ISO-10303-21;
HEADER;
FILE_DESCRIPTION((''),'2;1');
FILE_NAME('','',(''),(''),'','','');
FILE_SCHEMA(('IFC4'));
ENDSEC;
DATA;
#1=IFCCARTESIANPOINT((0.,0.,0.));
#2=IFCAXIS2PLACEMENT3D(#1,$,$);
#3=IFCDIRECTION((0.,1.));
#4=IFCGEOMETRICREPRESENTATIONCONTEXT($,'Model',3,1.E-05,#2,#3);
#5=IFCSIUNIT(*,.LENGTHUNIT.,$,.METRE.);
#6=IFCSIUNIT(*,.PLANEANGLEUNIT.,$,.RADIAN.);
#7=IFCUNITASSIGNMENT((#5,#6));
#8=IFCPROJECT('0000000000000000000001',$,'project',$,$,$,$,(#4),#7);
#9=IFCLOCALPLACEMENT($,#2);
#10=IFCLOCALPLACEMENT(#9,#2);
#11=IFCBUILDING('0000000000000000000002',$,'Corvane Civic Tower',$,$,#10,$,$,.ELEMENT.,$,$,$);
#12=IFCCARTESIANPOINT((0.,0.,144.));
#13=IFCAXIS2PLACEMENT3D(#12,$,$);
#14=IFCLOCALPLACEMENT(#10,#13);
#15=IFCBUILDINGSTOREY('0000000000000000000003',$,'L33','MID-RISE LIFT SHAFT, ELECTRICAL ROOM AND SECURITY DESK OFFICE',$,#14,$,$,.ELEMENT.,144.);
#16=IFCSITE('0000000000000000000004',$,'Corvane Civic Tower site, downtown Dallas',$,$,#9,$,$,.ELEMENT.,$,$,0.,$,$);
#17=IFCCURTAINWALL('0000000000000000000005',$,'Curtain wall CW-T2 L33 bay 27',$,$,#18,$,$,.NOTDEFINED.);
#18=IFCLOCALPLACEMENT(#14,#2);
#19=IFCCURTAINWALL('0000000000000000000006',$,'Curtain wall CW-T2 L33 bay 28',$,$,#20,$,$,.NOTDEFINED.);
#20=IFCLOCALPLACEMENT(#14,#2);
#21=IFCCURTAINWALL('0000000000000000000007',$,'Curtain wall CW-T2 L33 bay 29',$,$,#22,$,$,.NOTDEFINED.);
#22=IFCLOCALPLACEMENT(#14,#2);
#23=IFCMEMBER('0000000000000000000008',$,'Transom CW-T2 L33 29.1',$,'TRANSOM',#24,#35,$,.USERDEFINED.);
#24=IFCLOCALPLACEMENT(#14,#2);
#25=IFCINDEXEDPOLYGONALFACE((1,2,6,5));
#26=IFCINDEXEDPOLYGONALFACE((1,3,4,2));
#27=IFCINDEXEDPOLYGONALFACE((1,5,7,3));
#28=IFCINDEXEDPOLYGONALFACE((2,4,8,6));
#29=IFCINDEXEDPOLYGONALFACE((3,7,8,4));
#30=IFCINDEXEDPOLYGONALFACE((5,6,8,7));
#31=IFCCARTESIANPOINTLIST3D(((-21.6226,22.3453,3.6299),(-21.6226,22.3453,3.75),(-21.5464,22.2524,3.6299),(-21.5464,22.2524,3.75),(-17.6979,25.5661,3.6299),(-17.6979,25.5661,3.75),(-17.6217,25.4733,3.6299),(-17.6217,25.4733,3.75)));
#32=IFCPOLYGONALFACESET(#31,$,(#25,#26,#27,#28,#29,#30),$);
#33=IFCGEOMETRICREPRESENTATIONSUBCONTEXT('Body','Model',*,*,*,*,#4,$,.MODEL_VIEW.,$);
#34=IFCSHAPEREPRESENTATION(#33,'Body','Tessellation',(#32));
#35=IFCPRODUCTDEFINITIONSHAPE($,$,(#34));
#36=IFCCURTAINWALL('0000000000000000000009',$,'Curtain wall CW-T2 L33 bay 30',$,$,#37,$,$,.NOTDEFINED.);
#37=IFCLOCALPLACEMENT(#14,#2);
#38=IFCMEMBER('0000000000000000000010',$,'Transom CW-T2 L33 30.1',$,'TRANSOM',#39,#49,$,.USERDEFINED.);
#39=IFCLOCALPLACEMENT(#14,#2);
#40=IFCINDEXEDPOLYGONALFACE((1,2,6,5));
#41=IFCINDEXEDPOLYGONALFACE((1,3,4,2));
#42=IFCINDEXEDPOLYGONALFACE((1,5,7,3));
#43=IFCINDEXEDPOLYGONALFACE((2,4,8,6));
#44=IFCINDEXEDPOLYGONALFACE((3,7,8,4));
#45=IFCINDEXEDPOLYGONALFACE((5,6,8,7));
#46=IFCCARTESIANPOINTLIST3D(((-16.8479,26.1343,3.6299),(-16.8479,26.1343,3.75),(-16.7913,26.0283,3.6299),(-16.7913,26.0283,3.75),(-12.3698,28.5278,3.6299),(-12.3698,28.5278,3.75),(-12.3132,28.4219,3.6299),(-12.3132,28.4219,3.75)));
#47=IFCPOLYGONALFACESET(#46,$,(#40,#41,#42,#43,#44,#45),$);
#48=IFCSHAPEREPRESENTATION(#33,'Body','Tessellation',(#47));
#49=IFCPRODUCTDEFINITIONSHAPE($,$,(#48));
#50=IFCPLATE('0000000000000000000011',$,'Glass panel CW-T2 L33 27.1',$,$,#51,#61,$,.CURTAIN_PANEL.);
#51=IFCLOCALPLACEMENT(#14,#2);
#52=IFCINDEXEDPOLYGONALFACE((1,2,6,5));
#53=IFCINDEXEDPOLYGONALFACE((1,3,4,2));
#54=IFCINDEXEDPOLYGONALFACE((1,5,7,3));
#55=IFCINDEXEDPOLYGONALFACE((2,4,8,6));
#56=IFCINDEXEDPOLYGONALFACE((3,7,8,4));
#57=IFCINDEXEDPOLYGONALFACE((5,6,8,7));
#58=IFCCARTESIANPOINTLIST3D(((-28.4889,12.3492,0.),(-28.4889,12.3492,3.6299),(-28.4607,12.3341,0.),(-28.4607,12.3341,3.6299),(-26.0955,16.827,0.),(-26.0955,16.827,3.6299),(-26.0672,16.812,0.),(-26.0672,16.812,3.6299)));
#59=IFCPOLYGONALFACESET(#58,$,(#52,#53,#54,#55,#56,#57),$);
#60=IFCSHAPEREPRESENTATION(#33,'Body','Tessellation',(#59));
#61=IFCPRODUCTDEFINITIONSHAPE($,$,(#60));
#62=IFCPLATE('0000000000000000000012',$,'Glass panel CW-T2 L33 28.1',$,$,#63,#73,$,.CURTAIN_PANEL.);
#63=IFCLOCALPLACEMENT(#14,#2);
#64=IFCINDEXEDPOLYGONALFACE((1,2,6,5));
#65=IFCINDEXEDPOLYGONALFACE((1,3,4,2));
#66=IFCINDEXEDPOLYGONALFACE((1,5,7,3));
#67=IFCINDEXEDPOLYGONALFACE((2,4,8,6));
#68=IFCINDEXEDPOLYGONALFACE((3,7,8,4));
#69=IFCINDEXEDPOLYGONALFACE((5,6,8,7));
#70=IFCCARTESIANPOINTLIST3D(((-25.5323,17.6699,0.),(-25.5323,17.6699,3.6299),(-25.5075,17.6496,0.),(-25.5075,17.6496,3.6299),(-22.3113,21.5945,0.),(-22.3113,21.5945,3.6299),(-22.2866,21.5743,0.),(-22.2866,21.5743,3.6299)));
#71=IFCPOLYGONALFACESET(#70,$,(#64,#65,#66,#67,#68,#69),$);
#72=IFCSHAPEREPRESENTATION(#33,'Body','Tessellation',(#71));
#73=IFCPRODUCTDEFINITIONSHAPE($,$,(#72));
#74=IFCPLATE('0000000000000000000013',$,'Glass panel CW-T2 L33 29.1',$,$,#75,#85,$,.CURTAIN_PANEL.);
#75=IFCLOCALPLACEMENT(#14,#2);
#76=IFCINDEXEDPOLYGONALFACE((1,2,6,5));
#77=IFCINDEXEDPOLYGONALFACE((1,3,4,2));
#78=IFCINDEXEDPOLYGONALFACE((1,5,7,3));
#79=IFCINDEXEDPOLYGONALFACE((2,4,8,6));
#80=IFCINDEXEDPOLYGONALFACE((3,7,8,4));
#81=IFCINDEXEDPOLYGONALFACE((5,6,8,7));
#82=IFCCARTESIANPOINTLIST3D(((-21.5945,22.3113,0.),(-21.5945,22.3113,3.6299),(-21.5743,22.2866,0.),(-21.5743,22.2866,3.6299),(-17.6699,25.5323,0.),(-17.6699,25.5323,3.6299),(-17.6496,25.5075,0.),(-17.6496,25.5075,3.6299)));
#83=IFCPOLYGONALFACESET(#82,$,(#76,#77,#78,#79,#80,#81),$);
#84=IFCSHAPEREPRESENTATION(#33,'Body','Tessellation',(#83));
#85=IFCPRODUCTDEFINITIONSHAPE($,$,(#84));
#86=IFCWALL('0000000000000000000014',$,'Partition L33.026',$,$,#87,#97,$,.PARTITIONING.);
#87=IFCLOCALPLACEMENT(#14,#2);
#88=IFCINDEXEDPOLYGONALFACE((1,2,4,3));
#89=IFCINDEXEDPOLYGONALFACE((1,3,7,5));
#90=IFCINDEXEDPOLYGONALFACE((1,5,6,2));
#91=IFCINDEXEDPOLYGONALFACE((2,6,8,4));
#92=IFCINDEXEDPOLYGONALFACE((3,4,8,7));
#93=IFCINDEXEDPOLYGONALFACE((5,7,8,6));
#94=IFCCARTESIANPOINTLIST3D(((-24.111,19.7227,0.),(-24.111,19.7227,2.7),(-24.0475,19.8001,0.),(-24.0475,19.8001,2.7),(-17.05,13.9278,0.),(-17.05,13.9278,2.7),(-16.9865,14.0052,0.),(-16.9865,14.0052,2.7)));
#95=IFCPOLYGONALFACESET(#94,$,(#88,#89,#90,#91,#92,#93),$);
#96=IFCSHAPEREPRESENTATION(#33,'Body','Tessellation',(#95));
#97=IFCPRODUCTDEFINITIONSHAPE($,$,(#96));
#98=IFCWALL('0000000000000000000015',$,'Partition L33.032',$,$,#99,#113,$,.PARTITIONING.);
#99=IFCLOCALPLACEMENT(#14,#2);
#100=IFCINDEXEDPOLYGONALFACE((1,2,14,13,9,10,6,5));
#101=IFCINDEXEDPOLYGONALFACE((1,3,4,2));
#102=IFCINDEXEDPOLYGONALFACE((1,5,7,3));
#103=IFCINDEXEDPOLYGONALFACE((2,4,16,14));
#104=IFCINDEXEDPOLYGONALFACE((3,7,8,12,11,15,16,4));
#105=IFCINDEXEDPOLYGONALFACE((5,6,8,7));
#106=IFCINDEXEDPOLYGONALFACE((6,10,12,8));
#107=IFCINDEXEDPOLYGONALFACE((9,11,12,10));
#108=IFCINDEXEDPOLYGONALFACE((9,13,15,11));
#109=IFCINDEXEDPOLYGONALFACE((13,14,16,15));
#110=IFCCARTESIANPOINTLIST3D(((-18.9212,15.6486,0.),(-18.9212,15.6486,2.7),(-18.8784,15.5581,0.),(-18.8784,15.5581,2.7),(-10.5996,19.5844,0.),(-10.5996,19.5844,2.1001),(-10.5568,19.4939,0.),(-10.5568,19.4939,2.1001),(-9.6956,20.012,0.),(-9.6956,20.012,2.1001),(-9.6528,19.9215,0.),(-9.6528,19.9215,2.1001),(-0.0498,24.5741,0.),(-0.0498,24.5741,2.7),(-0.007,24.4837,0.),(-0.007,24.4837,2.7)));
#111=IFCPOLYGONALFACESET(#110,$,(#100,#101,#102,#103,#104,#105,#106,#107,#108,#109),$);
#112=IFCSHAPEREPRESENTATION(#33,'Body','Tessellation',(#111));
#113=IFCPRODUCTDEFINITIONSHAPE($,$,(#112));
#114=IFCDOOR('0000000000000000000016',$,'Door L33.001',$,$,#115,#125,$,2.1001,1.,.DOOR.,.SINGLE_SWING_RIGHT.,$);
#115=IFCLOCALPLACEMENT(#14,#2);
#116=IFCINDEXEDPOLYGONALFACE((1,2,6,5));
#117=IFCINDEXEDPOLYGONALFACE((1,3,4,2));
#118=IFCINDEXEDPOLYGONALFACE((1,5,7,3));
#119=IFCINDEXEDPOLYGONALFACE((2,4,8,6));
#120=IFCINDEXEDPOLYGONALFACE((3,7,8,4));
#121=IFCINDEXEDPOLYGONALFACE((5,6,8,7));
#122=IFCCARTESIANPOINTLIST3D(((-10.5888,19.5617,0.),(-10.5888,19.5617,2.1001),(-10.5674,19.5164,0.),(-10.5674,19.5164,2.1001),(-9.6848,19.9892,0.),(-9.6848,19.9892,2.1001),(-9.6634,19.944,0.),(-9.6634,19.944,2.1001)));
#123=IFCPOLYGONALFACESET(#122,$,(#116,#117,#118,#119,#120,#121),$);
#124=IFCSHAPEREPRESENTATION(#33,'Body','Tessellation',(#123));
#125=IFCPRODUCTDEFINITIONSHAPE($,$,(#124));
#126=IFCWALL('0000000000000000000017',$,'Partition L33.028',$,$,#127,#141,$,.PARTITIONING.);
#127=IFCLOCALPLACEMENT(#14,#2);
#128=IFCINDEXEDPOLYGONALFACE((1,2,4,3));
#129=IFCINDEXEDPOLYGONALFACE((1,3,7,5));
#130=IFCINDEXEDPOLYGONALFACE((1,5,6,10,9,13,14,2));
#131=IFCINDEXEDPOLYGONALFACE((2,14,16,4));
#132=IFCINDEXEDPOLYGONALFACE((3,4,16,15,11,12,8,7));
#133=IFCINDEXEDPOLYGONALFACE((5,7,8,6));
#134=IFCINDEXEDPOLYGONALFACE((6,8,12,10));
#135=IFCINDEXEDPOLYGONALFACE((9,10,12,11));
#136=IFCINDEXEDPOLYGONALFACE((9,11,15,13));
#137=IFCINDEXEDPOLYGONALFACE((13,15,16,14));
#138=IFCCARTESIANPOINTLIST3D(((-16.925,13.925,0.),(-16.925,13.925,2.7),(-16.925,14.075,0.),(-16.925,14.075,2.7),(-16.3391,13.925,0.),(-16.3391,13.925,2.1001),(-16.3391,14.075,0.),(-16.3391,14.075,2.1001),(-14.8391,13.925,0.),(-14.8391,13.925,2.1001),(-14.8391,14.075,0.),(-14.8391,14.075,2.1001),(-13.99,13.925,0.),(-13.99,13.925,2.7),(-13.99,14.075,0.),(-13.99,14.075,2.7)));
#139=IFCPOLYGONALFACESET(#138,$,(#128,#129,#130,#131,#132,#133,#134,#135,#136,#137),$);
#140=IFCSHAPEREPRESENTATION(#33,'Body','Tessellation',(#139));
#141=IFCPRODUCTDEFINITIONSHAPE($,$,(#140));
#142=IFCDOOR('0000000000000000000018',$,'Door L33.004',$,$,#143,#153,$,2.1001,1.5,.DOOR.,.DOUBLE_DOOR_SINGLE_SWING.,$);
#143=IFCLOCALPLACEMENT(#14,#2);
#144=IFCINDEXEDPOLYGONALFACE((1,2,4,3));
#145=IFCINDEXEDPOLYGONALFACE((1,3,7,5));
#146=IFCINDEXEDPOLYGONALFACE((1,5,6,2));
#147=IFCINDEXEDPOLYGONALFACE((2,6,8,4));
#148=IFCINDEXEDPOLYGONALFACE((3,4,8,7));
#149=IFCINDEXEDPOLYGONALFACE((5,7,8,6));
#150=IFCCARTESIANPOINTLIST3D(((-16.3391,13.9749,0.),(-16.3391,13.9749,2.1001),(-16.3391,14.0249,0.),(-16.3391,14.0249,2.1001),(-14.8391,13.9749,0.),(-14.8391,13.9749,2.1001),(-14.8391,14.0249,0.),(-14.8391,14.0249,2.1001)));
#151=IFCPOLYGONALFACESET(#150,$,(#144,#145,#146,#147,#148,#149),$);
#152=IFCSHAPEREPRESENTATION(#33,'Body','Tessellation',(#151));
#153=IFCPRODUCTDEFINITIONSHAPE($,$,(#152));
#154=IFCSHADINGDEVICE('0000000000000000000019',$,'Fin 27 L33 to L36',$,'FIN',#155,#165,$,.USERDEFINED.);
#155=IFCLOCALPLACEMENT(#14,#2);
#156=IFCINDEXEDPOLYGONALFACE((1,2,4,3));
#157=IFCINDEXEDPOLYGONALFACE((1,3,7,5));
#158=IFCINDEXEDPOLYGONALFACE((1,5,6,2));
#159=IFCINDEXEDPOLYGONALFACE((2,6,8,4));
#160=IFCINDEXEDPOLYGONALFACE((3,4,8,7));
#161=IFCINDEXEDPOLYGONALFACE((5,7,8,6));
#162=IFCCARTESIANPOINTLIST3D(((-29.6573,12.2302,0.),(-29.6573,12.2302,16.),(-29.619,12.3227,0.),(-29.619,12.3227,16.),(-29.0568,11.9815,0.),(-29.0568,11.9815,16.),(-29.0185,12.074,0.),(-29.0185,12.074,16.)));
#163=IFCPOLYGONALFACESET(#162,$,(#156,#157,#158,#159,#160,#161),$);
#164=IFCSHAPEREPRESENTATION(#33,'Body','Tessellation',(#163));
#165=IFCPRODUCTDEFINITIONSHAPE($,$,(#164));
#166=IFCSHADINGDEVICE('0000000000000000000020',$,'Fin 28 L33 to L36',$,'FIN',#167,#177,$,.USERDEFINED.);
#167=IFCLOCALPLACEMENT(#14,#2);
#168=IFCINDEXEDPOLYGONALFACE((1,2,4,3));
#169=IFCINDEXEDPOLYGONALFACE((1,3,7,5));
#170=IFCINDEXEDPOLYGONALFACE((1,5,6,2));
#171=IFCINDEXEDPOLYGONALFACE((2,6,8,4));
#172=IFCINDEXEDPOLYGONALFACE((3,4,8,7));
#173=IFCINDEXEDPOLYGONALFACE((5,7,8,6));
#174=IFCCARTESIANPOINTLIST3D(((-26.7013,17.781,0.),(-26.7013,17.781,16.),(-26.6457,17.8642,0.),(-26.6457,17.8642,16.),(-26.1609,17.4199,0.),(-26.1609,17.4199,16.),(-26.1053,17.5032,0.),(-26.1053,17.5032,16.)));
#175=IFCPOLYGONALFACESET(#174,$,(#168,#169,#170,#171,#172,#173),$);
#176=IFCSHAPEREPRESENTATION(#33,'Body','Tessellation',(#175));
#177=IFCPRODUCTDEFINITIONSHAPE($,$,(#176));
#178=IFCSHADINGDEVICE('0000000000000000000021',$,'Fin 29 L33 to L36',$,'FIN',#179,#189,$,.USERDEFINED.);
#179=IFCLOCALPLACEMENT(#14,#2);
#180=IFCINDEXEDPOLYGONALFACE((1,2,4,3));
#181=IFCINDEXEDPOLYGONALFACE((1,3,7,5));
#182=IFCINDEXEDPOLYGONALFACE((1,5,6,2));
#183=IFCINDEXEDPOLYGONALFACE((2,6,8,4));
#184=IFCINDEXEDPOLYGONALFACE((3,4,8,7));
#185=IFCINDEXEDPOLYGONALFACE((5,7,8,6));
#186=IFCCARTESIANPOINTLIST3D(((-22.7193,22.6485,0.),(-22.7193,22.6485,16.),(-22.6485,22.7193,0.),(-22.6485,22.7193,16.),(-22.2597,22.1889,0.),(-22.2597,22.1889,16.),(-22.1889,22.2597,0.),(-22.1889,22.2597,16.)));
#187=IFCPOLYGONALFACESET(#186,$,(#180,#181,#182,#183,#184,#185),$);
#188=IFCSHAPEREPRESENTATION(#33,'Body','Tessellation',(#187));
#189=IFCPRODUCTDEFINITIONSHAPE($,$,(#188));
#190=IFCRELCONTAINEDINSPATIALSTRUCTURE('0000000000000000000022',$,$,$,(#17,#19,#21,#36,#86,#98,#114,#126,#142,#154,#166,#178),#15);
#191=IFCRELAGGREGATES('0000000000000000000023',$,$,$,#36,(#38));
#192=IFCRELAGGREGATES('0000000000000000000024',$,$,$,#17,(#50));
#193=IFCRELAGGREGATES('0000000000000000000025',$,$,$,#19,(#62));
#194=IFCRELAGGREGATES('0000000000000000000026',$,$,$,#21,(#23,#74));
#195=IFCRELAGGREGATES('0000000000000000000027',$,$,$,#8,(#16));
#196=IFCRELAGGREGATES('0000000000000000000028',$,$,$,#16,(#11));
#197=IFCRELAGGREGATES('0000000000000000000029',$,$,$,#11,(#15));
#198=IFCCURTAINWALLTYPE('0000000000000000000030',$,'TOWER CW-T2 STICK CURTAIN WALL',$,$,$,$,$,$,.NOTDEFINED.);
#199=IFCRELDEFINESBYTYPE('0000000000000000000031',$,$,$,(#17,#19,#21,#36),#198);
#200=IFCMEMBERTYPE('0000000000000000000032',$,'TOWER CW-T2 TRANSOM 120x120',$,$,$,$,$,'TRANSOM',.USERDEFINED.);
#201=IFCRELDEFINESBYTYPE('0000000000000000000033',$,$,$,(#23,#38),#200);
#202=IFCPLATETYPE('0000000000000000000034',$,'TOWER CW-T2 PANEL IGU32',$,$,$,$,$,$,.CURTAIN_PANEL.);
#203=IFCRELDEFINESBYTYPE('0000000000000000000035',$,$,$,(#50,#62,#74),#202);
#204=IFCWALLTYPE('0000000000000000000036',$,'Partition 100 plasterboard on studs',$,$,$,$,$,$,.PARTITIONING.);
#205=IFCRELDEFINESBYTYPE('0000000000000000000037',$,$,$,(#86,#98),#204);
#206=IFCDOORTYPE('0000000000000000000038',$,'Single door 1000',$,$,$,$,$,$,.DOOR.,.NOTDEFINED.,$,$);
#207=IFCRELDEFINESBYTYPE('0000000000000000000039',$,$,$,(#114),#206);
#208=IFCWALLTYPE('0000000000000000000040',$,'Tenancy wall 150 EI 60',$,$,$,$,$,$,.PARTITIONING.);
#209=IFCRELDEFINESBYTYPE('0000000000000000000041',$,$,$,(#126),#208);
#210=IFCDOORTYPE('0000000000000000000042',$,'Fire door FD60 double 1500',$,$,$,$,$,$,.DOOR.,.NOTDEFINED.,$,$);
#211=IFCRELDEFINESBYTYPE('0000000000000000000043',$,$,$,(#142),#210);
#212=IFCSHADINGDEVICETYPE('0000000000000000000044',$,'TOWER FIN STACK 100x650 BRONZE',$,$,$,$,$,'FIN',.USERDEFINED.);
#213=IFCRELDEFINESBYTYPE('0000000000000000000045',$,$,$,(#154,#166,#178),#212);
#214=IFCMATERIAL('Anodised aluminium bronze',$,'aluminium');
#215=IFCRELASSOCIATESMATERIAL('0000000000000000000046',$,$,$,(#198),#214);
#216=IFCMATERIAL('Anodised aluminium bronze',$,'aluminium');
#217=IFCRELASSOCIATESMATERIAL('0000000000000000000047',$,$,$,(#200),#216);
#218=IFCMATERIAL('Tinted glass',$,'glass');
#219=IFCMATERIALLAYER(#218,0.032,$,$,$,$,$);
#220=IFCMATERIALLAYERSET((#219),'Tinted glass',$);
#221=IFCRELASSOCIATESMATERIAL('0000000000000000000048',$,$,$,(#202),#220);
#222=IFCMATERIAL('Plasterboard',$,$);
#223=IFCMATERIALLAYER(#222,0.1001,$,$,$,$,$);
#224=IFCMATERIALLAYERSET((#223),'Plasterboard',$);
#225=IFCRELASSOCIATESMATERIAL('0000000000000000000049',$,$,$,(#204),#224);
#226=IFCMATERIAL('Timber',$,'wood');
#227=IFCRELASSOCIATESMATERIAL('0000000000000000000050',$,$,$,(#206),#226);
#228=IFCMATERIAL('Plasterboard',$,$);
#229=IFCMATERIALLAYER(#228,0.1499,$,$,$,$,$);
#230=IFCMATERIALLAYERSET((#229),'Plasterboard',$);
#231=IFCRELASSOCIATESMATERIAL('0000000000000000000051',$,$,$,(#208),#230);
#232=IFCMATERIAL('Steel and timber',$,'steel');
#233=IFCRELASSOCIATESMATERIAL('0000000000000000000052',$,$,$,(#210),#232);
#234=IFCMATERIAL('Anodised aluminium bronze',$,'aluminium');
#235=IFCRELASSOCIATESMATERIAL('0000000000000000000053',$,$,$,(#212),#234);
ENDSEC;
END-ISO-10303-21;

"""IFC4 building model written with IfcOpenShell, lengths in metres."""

from ifc_helpers import new_model, si_unit, direction, frame, frame_2d, origin, origin_2d, place, context, subcontext, project, spatial, rectangle, extrude, material, layer, layer_set, material_profile, profile_set, type_object, element, fill, aggregate, save


model = new_model("IFC4")

# Units and contexts
model_context = context("Model", 3, precision=1e-05, world=origin(), true_north=direction((0.0, 1.0)))
body_context = subcontext(model_context, "Body", "Model", "MODEL_VIEW")
ifc_project = project(units=[si_unit("LENGTHUNIT", "METRE"), si_unit("PLANEANGLEUNIT", "RADIAN")], contexts=[model_context])

# Site, building, storey
site_placement = place(None, origin())
site = spatial("IfcSite", under=ifc_project, at=site_placement, Name="Corvane Civic Tower site, downtown Dallas", CompositionType="ELEMENT", RefElevation=0.0)
building_placement = place(site_placement, origin())
building = spatial("IfcBuilding", under=site, at=building_placement, Name="Corvane Civic Tower", CompositionType="ELEMENT")
storey_placement = place(building_placement, frame((0.0, 0.0, 144.0)))
storey = spatial("IfcBuildingStorey", under=building, at=storey_placement, Name="L33", Description="MID-RISE LIFT SHAFT, ELECTRICAL ROOM AND SECURITY DESK OFFICE", CompositionType="ELEMENT", Elevation=144.0)

# Curtain walls, members
ifc_material_1 = material(Name="Anodised aluminium bronze", Category="aluminium")
curtain_wall_type = type_object("IfcCurtainWallType", Name="TOWER CW-T2 STICK CURTAIN WALL", PredefinedType="NOTDEFINED", material=ifc_material_1)
curtain_wall_1_placement = place(storey_placement, origin())
curtain_wall_1 = element("IfcCurtainWall", 1, at=curtain_wall_1_placement, inside=storey, type_object=curtain_wall_type, Name="Curtain wall CW-T2 L33 bay 27", PredefinedType="NOTDEFINED")
ifc_material_2 = material(Name="Anodised aluminium bronze", Category="aluminium")
ifc_material_profile_1 = material_profile(ifc_material_2, rectangle(XDim=0.1201, YDim=0.1201, at=origin_2d()), Name="TOWER CW-T2 TRANSOM 120x120")
ifc_profile_set_1 = profile_set([ifc_material_profile_1], Name="Anodised aluminium bronze")
member_type = type_object("IfcMemberType", Name="TOWER CW-T2 TRANSOM 120x120", ElementType="TRANSOM", PredefinedType="USERDEFINED", material=ifc_profile_set_1)
curtain_wall_2_placement = place(storey_placement, origin())
curtain_wall_2 = element("IfcCurtainWall", 2, at=curtain_wall_2_placement, inside=storey, type_object=curtain_wall_type, Name="Curtain wall CW-T2 L33 bay 28", PredefinedType="NOTDEFINED")
curtain_wall_3_placement = place(storey_placement, origin())
curtain_wall_3 = element("IfcCurtainWall", 3, at=curtain_wall_3_placement, inside=storey, type_object=curtain_wall_type, Name="Curtain wall CW-T2 L33 bay 29", PredefinedType="NOTDEFINED")
member_1_placement = place(storey_placement, frame((-21.5845, 22.2988, 3.6899), z_axis=(0.773016, 0.634387, 0.0), x_axis=(-0.634387, 0.773016, 0.0)))
member_1 = element("IfcMember", 4, at=member_1_placement, type_object=member_type, Name="Transom CW-T2 L33 29.1", ObjectType="TRANSOM", PredefinedType="USERDEFINED", context=body_context, shape_type="SweptSolid", body=[
    extrude(rectangle(XDim=0.1201, YDim=0.1201, at=origin_2d()), origin(), (0.0, 0.0, 1.0), 5.0771),
])
curtain_wall_4_placement = place(storey_placement, origin())
curtain_wall_4 = element("IfcCurtainWall", 5, at=curtain_wall_4_placement, inside=storey, type_object=curtain_wall_type, Name="Curtain wall CW-T2 L33 bay 30", PredefinedType="NOTDEFINED")
member_2_placement = place(storey_placement, frame((-16.8196, 26.0813, 3.6899), z_axis=(0.881921, 0.471397, 0.0), x_axis=(-0.471397, 0.881921, 0.0)))
member_2 = element("IfcMember", 6, at=member_2_placement, type_object=member_type, Name="Transom CW-T2 L33 30.1", ObjectType="TRANSOM", PredefinedType="USERDEFINED", context=body_context, shape_type="SweptSolid", body=[
    extrude(rectangle(XDim=0.1201, YDim=0.1201, at=origin_2d()), origin(), (0.0, 0.0, 1.0), 5.0776),
])
aggregate(curtain_wall_4, [member_2])

# Plates
ifc_material_3 = material(Name="Tinted glass", Category="glass")
ifc_layer_1 = layer(ifc_material_3, 0.032)
ifc_layer_set_1 = layer_set([ifc_layer_1], Name="Tinted glass")
plate_type = type_object("IfcPlateType", Name="TOWER CW-T2 PANEL IGU32", PredefinedType="CURTAIN_PANEL", material=ifc_layer_set_1)
plate_1_placement = place(storey_placement, frame((-27.2781, 14.5806, 0.0), z_axis=(0.0, 0.0, 1.0), x_axis=(0.471395, 0.881922, 0.0)))
plate_1 = element("IfcPlate", 7, at=plate_1_placement, type_object=plate_type, Name="Glass panel CW-T2 L33 27.1", PredefinedType="CURTAIN_PANEL", context=body_context, shape_type="SweptSolid", body=[
    extrude(rectangle(XDim=5.0774, YDim=0.032, at=origin_2d()), origin(), (0.0, 0.0, 1.0), 3.6299),
])
aggregate(curtain_wall_1, [plate_1])
plate_2_placement = place(storey_placement, frame((-23.9094, 19.6221, 0.0), z_axis=(0.0, 0.0, 1.0), x_axis=(0.6344, 0.773005, 0.0)))
plate_2 = element("IfcPlate", 8, at=plate_2_placement, type_object=plate_type, Name="Glass panel CW-T2 L33 28.1", PredefinedType="CURTAIN_PANEL", context=body_context, shape_type="SweptSolid", body=[
    extrude(rectangle(XDim=5.0771, YDim=0.032, at=origin_2d()), origin(), (0.0, 0.0, 1.0), 3.6299),
])
aggregate(curtain_wall_2, [plate_2])
plate_3_placement = place(storey_placement, frame((-19.6221, 23.9094, 0.0), z_axis=(0.0, 0.0, 1.0), x_axis=(0.773005, 0.6344, 0.0)))
plate_3 = element("IfcPlate", 9, at=plate_3_placement, type_object=plate_type, Name="Glass panel CW-T2 L33 29.1", PredefinedType="CURTAIN_PANEL", context=body_context, shape_type="SweptSolid", body=[
    extrude(rectangle(XDim=5.0771, YDim=0.032, at=origin_2d()), origin(), (0.0, 0.0, 1.0), 3.6299),
])
aggregate(curtain_wall_3, [member_1, plate_3])

# Wall
ifc_material_4 = material(Name="Plasterboard")
ifc_layer_2 = layer(ifc_material_4, 0.1001)
ifc_layer_set_2 = layer_set([ifc_layer_2], Name="Plasterboard")
wall_type_1 = type_object("IfcWallType", Name="Partition 100 plasterboard on studs", PredefinedType="PARTITIONING", material=ifc_layer_set_2)
wall_1_placement = place(storey_placement, frame((-24.0793, 19.7615, 0.0), z_axis=(0.0, 0.0, 1.0), x_axis=(0.773006, -0.634399, 0.0)))
element("IfcWall", 10, at=wall_1_placement, inside=storey, type_object=wall_type_1, Name="Partition L33.026", PredefinedType="PARTITIONING", context=body_context, shape_type="SweptSolid", body=[
    extrude(rectangle(XDim=9.1345, YDim=0.1001, at=frame_2d((4.5674, 0.0))), origin(), (0.0, 0.0, 1.0), 2.7),
])

# Walls, openings, doors
wall_2_placement = place(storey_placement, frame((-18.8999, 15.6033, 0.0), z_axis=(0.0, 0.0, 1.0), x_axis=(0.903988, 0.427557, 0.0)))
wall_2 = element("IfcWall", 11, at=wall_2_placement, inside=storey, type_object=wall_type_1, Name="Partition L33.032", PredefinedType="PARTITIONING", context=body_context, shape_type="SweptSolid", body=[
    extrude(rectangle(XDim=20.8757, YDim=0.1001, at=frame_2d((10.438, 0.0))), origin(), (0.0, 0.0, 1.0), 2.7),
])
opening_1_placement = place(wall_2_placement, frame((9.2056, 0.0, 0.0)))
opening_1 = element("IfcOpeningElement", 12, at=opening_1_placement, cuts=wall_2, PredefinedType="OPENING", context=body_context, shape_type="SweptSolid", body=[
    extrude(rectangle(XDim=1.0, YDim=2.1001, at=frame_2d((0.5, 1.05))), frame((0.0, 0.0601, 0.0), z_axis=(0.0, -1.0, 0.0), x_axis=(1.0, 0.0, 0.0)), (0.0, 0.0, 1.0), 0.1201),
])
ifc_material_5 = material(Name="Timber", Category="wood")
door_type_1 = type_object("IfcDoorType", Name="Single door 1000", OperationType="NOTDEFINED", PredefinedType="DOOR", material=ifc_material_5)
door_1_placement = place(opening_1_placement, origin())
door_1 = element("IfcDoor", 13, at=door_1_placement, inside=storey, type_object=door_type_1, Name="Door L33.001", OperationType="SINGLE_SWING_RIGHT", OverallHeight=2.1001, OverallWidth=1.0, PredefinedType="DOOR", context=body_context, shape_type="SweptSolid", body=[
    extrude(rectangle(XDim=1.0, YDim=2.1001, at=frame_2d((0.5, 1.05))), frame((0.0, 0.0249, 0.0), z_axis=(0.0, -1.0, 0.0), x_axis=(1.0, 0.0, 0.0)), (0.0, 0.0, 1.0), 0.05),
])
fill(opening_1, door_1)
ifc_material_6 = material(Name="Plasterboard")
ifc_layer_3 = layer(ifc_material_6, 0.1499)
ifc_layer_set_3 = layer_set([ifc_layer_3], Name="Plasterboard")
wall_type_2 = type_object("IfcWallType", Name="Tenancy wall 150 EI 60", PredefinedType="PARTITIONING", material=ifc_layer_set_3)
wall_3_placement = place(storey_placement, frame((-16.925, 14.0, 0.0), z_axis=(0.0, 0.0, 1.0), x_axis=(1.0, 0.0, 0.0)))
wall_3 = element("IfcWall", 14, at=wall_3_placement, inside=storey, type_object=wall_type_2, Name="Partition L33.028", PredefinedType="PARTITIONING", context=body_context, shape_type="SweptSolid", body=[
    extrude(rectangle(XDim=2.9351, YDim=0.1499, at=frame_2d((1.4675, 0.0))), origin(), (0.0, 0.0, 1.0), 2.7),
])
opening_2_placement = place(wall_3_placement, frame((0.5859, 0.0, 0.0)))
opening_2 = element("IfcOpeningElement", 15, at=opening_2_placement, cuts=wall_3, PredefinedType="OPENING", context=body_context, shape_type="SweptSolid", body=[
    extrude(rectangle(XDim=1.5, YDim=2.1001, at=frame_2d((0.75, 1.05))), frame((0.0, 0.085, 0.0), z_axis=(0.0, -1.0, 0.0), x_axis=(1.0, 0.0, 0.0)), (0.0, 0.0, 1.0), 0.1699),
])
ifc_material_7 = material(Name="Steel and timber", Category="steel")
door_type_2 = type_object("IfcDoorType", Name="Fire door FD60 double 1500", OperationType="NOTDEFINED", PredefinedType="DOOR", material=ifc_material_7)
door_2_placement = place(opening_2_placement, origin())
door_2 = element("IfcDoor", 16, at=door_2_placement, inside=storey, type_object=door_type_2, Name="Door L33.004", OperationType="DOUBLE_DOOR_SINGLE_SWING", OverallHeight=2.1001, OverallWidth=1.5, PredefinedType="DOOR", context=body_context, shape_type="SweptSolid", body=[
    extrude(rectangle(XDim=1.5, YDim=2.1001, at=frame_2d((0.75, 1.05))), frame((0.0, 0.0249, 0.0), z_axis=(0.0, -1.0, 0.0), x_axis=(1.0, 0.0, 0.0)), (0.0, 0.0, 1.0), 0.05),
])
fill(opening_2, door_2)

# Shading devices
ifc_material_8 = material(Name="Anodised aluminium bronze", Category="aluminium")
ifc_material_profile_2 = material_profile(ifc_material_8, rectangle(XDim=0.1001, YDim=0.6499, at=origin_2d()), Name="TOWER FIN STACK 100x650 BRONZE")
ifc_profile_set_2 = profile_set([ifc_material_profile_2], Name="Anodised aluminium bronze")
shading_device_type = type_object("IfcShadingDeviceType", Name="TOWER FIN STACK 100x650 BRONZE", ElementType="FIN", PredefinedType="USERDEFINED", material=ifc_profile_set_2)
for number, where, z_axis, x_axis, name in (
    (17, (-29.3379, 12.1521, 0.0), (0.0, 0.0, 1.0), (0.382683, 0.92388, 0.0), "Fin 27 L33 to L36"),
    (18, (-26.4033, 17.6421, 0.0), (0.0, 0.0, 1.0), (0.55557, 0.83147, 0.0), "Fin 28 L33 to L36"),
    (19, (-22.4541, 22.4541, 0.0), (0.0, 0.0, 1.0), (0.707107, 0.707107, 0.0), "Fin 29 L33 to L36"),
):
    element("IfcShadingDevice", number, at=place(storey_placement, frame(where, z_axis=z_axis, x_axis=x_axis)), inside=storey, type_object=shading_device_type, Name=name, ObjectType="FIN", PredefinedType="USERDEFINED", context=body_context, shape_type="SweptSolid", body=[
        extrude(rectangle(XDim=0.1001, YDim=0.6499, at=origin_2d()), origin(), (0.0, 0.0, 1.0), 16.0),
    ])

save(model, "model.ifc")
